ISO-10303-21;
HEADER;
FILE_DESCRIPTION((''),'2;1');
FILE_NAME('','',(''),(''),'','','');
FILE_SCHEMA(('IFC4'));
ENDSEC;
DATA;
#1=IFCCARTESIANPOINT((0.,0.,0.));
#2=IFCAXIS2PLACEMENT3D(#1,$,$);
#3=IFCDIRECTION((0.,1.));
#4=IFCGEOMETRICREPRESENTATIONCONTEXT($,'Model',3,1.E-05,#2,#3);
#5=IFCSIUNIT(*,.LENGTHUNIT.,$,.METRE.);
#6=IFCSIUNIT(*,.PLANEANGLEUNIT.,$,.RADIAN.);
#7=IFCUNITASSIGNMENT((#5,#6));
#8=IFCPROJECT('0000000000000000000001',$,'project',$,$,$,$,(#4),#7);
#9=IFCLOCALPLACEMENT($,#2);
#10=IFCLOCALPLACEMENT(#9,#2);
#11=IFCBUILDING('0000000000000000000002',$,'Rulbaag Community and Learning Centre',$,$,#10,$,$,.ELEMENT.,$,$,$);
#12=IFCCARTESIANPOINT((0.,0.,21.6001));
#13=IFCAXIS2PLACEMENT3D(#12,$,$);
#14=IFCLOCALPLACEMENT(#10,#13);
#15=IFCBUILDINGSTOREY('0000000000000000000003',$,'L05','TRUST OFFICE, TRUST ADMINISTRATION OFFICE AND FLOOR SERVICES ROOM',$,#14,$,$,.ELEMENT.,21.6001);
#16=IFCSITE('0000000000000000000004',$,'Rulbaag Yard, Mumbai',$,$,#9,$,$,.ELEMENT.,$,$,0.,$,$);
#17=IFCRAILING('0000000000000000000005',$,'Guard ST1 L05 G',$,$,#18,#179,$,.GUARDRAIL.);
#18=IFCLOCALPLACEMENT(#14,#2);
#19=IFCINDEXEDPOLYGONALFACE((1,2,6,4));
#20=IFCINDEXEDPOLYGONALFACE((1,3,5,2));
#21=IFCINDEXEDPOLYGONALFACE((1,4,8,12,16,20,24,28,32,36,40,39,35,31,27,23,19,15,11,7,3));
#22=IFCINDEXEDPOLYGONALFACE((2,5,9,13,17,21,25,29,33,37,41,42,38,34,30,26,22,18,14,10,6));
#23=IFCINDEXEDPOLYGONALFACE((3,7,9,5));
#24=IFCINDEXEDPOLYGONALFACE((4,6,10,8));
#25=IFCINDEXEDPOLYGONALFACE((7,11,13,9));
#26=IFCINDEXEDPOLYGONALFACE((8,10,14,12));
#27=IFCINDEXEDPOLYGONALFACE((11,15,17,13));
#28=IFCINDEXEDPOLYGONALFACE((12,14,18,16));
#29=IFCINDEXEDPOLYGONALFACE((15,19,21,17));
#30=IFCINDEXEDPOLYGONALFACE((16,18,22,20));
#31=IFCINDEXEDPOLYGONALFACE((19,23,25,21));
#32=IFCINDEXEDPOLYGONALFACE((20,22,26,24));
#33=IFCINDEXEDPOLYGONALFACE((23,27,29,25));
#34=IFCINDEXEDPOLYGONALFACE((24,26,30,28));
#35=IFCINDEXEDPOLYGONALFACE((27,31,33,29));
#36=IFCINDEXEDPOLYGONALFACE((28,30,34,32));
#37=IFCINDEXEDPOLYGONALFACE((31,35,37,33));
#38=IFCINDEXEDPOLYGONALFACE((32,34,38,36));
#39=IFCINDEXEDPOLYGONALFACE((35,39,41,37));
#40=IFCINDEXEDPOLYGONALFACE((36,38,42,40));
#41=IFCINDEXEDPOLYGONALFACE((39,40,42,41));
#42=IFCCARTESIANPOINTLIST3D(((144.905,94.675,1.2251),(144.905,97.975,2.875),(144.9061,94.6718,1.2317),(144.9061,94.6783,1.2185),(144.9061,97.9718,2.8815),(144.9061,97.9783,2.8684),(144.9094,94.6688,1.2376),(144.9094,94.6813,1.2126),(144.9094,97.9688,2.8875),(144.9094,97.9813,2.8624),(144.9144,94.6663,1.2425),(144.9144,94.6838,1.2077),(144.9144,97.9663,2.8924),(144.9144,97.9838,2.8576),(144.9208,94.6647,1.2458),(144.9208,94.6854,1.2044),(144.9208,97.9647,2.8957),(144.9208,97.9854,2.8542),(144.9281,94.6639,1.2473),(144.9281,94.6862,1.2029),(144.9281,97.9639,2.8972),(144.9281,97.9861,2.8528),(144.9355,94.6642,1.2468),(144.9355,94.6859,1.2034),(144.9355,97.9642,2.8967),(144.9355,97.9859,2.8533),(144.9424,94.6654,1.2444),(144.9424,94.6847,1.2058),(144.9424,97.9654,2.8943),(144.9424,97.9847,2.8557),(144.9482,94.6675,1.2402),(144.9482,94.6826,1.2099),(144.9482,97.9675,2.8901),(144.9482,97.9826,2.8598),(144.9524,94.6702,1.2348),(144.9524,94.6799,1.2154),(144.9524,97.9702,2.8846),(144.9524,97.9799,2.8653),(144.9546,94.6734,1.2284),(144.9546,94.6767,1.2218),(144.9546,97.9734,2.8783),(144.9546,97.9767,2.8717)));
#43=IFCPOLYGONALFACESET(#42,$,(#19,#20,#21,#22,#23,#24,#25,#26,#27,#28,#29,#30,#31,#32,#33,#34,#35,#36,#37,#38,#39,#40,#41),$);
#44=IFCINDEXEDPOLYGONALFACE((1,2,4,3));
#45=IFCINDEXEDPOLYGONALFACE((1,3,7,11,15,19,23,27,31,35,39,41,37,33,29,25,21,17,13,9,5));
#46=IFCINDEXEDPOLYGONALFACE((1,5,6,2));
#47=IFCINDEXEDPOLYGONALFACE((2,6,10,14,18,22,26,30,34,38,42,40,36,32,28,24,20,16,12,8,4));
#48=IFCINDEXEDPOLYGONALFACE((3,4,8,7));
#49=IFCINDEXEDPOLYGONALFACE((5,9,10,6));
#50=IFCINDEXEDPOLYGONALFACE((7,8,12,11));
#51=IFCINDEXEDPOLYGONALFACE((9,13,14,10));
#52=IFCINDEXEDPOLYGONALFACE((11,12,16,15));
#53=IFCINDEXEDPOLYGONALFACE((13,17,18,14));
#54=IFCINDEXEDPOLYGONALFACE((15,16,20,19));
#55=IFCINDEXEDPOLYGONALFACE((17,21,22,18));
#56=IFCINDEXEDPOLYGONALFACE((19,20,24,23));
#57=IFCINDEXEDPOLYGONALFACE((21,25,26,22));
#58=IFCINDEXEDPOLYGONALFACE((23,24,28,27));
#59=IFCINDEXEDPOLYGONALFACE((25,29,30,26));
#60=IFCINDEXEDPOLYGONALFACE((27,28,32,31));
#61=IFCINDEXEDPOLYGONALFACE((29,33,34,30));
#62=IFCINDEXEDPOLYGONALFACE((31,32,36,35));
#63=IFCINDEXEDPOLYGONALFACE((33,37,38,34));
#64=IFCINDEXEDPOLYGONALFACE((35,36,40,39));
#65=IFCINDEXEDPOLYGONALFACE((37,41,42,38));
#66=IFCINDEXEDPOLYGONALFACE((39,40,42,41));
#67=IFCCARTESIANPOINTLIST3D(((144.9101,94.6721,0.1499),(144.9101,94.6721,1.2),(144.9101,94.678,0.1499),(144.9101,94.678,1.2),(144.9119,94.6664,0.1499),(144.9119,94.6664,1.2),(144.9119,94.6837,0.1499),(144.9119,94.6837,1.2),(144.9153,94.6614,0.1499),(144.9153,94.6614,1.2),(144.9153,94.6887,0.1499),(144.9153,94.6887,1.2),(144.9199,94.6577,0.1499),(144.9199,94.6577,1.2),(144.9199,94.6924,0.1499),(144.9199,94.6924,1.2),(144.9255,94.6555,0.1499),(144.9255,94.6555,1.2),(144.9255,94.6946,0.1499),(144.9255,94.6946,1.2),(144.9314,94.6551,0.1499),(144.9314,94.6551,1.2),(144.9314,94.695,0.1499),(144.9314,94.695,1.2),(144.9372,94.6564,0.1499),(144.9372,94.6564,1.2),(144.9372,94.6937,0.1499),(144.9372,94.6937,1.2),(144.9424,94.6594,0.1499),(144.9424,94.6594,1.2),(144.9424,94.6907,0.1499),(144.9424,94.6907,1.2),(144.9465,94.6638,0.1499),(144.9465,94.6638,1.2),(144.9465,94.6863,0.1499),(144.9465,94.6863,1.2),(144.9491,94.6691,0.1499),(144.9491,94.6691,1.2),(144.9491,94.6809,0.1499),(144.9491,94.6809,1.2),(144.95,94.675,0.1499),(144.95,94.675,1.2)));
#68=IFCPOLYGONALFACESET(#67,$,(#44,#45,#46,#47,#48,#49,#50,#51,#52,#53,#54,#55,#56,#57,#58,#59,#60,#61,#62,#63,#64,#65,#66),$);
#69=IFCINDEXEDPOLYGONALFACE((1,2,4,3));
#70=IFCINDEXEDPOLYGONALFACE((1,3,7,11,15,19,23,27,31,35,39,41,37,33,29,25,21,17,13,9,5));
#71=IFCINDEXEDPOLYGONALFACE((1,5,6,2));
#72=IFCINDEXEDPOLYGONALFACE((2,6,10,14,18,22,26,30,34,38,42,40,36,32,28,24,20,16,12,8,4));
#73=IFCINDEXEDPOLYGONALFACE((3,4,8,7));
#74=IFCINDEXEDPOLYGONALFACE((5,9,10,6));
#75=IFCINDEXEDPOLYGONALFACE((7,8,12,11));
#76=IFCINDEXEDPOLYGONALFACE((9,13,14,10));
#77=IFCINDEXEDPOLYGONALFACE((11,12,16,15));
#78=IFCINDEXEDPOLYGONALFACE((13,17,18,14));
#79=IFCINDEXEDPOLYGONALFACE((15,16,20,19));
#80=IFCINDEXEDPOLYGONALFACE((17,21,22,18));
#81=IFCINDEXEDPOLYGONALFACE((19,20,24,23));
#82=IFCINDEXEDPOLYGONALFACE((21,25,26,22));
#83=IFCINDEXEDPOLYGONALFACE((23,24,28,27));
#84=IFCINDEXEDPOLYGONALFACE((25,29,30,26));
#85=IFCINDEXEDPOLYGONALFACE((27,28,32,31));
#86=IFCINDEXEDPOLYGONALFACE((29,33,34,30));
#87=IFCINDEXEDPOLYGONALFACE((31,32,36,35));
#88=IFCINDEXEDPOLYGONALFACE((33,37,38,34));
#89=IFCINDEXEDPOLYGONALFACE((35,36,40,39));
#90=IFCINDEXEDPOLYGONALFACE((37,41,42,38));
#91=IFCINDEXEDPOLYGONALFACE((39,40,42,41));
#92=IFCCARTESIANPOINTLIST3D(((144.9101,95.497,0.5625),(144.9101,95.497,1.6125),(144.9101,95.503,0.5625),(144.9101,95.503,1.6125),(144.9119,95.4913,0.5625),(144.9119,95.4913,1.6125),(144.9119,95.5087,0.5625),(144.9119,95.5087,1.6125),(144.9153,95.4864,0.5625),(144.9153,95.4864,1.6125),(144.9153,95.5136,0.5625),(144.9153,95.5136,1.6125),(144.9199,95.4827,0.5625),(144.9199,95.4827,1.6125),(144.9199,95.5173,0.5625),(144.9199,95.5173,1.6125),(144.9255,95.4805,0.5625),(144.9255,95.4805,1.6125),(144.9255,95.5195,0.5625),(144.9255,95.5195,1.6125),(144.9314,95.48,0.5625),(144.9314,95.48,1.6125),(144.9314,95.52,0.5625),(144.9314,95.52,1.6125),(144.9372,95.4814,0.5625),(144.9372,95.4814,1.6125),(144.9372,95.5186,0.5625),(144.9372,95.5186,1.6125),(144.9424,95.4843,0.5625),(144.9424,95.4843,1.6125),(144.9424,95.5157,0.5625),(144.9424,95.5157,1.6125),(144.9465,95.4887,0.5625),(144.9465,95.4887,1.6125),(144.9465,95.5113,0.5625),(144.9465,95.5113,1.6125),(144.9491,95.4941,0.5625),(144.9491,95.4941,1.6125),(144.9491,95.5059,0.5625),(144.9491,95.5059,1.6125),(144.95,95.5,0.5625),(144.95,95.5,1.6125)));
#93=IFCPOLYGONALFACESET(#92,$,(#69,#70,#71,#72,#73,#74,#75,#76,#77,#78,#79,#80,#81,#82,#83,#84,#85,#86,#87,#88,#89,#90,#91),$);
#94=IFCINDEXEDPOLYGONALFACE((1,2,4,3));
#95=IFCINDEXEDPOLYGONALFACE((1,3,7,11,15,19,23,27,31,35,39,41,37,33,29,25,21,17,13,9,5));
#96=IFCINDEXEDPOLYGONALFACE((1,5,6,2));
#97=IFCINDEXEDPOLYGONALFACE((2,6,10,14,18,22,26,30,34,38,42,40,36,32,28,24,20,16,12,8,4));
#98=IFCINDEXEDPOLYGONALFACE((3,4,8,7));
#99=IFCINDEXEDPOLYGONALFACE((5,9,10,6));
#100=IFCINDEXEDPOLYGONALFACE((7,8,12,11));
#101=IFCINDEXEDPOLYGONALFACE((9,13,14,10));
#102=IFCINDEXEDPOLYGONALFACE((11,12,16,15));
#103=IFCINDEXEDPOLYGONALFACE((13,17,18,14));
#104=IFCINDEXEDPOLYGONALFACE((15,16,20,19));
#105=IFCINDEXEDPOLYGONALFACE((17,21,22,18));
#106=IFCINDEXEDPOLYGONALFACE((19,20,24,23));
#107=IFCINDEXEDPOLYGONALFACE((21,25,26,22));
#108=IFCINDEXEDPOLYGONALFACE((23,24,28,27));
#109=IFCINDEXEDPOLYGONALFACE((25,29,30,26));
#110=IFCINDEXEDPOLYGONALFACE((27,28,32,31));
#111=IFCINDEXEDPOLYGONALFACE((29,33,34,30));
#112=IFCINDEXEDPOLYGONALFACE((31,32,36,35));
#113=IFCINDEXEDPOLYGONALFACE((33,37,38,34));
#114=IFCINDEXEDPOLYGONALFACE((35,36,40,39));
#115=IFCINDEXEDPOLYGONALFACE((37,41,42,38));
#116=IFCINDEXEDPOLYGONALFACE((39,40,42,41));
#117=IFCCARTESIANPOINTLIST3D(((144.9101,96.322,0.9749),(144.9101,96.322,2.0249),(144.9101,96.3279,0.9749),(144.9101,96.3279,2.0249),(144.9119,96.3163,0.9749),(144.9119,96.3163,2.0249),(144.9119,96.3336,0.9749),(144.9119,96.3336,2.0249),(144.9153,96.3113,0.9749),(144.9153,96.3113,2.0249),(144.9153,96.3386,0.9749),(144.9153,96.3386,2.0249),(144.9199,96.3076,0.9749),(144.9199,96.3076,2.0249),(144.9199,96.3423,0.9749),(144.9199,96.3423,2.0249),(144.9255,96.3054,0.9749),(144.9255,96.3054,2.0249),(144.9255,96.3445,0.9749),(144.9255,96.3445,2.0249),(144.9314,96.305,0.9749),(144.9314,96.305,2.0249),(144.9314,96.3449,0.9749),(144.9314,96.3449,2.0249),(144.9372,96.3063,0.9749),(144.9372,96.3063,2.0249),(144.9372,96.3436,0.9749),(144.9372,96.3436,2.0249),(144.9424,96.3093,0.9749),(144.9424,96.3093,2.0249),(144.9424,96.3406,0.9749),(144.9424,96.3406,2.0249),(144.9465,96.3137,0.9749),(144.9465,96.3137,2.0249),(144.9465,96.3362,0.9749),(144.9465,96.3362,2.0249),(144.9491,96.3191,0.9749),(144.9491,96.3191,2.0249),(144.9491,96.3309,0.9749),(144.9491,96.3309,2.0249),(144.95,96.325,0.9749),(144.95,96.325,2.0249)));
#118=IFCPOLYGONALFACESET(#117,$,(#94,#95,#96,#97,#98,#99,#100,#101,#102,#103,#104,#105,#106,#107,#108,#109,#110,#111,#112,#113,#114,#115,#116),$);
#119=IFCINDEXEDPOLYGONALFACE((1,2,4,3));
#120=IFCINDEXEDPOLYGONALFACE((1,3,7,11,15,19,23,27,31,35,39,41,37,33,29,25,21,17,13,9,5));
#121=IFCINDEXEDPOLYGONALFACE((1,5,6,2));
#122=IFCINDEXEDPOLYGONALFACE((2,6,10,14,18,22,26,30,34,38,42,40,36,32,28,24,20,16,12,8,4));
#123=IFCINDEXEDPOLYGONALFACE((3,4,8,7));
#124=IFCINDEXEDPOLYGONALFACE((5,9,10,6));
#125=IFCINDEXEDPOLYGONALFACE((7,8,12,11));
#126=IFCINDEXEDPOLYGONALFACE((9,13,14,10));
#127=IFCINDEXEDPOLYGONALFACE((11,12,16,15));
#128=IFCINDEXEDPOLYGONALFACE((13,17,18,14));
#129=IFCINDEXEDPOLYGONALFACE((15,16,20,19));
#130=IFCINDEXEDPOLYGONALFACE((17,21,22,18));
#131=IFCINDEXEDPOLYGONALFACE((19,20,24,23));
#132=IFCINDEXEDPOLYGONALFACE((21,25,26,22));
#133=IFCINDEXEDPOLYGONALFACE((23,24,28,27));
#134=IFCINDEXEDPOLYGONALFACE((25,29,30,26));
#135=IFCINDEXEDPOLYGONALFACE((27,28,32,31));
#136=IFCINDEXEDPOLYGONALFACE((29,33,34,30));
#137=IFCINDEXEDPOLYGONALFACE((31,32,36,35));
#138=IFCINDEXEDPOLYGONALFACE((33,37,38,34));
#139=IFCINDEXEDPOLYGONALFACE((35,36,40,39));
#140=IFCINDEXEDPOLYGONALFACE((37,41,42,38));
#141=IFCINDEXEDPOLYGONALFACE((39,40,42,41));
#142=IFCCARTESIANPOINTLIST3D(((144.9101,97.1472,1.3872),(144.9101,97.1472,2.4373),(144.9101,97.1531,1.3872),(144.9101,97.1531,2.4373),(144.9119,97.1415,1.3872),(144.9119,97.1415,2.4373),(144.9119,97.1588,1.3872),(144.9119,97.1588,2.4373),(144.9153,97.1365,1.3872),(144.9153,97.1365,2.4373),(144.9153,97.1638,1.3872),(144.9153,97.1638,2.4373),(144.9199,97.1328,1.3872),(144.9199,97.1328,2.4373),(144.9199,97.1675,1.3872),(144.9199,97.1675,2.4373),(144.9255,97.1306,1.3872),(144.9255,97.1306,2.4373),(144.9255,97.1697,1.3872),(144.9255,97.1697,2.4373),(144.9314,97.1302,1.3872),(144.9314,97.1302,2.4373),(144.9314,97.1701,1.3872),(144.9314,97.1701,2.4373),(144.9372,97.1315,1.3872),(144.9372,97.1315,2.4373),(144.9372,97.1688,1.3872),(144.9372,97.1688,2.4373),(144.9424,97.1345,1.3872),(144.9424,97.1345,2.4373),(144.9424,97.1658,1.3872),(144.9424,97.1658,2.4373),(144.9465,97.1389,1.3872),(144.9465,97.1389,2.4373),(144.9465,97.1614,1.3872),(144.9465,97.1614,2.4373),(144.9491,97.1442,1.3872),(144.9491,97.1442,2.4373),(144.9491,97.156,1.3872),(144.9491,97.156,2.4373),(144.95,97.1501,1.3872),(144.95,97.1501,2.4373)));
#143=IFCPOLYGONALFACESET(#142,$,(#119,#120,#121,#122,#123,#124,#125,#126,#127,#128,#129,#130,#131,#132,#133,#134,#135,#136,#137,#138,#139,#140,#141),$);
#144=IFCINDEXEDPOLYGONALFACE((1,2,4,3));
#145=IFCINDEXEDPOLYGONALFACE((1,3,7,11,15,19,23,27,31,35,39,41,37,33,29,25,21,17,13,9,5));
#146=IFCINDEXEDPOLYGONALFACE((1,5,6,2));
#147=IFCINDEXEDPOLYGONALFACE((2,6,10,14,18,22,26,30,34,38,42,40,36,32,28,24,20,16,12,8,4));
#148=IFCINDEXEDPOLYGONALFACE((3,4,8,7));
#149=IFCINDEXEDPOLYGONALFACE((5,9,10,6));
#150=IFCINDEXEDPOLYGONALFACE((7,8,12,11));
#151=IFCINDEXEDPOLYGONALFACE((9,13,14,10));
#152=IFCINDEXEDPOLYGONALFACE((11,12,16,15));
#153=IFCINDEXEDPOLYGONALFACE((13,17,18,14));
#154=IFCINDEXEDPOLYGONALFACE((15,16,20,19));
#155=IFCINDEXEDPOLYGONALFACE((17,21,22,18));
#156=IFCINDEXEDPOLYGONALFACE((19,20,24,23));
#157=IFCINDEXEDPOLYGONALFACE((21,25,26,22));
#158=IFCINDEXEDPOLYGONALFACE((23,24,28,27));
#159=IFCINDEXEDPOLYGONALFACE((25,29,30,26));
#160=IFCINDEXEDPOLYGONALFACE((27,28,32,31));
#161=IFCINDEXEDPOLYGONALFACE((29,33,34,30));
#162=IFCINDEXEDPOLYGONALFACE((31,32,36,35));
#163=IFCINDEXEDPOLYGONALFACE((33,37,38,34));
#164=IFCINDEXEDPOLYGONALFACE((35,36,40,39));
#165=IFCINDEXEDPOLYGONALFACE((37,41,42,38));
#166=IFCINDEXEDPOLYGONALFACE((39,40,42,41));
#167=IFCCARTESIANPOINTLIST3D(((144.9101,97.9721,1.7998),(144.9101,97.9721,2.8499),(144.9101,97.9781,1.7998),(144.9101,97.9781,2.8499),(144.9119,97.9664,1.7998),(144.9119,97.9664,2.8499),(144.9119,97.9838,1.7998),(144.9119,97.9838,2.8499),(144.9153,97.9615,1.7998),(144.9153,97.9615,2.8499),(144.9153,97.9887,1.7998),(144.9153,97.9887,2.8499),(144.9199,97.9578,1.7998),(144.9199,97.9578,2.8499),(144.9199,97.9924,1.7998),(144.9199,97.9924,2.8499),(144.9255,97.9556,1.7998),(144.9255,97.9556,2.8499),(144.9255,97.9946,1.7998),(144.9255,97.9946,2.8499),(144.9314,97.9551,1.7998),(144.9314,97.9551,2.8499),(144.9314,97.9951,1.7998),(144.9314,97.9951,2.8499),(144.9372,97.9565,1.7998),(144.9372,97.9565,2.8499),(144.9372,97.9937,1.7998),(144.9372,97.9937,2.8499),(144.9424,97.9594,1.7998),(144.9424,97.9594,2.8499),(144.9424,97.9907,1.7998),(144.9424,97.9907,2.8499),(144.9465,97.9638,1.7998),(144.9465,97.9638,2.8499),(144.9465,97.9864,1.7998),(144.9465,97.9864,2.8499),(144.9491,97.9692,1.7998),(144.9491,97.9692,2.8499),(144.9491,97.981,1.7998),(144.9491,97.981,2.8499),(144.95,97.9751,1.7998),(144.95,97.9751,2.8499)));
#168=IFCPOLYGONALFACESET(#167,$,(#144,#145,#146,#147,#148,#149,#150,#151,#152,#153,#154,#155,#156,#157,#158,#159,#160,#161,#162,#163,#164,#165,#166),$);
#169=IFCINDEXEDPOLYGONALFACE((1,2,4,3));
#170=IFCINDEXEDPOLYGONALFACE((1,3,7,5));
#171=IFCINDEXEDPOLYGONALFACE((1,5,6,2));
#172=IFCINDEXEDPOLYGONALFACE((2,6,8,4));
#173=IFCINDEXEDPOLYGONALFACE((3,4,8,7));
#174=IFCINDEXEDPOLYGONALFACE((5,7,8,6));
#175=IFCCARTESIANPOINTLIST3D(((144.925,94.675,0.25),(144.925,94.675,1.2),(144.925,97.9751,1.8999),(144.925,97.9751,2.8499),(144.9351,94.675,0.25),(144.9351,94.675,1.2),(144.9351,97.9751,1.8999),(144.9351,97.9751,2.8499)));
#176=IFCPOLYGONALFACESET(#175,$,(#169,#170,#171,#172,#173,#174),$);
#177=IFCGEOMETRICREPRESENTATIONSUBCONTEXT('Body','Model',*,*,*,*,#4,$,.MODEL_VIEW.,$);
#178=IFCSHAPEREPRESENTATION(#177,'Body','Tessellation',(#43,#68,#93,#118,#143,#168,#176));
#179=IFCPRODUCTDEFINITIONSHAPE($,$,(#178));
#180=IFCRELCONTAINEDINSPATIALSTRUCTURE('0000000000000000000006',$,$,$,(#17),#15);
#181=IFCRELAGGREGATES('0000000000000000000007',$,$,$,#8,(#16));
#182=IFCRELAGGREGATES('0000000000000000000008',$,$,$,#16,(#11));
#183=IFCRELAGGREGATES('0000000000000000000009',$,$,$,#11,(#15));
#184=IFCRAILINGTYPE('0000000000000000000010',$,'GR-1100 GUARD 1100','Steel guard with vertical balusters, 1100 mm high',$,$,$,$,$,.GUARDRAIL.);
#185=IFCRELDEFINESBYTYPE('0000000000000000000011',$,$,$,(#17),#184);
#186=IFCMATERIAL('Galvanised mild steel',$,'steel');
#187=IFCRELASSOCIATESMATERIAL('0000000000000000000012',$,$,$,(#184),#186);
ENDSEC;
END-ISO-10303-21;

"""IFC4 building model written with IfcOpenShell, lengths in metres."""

from ifc_helpers import new_model, si_unit, direction, frame, origin, origin_2d, place, context, subcontext, project, spatial, polyline, circle, outline, extrude, material, type_object, element, save


model = new_model("IFC4")

# Units and contexts
model_context = context("Model", 3, precision=1e-05, world=origin(), true_north=direction((0.0, 1.0)))
body_context = subcontext(model_context, "Body", "Model", "MODEL_VIEW")
ifc_project = project(units=[si_unit("LENGTHUNIT", "METRE"), si_unit("PLANEANGLEUNIT", "RADIAN")], contexts=[model_context])

# Site, building, storey
site_placement = place(None, origin())
site = spatial("IfcSite", under=ifc_project, at=site_placement, Name="Rulbaag Yard, Mumbai", CompositionType="ELEMENT", RefElevation=0.0)
building_placement = place(site_placement, origin())
building = spatial("IfcBuilding", under=site, at=building_placement, Name="Rulbaag Community and Learning Centre", CompositionType="ELEMENT")
storey_placement = place(building_placement, frame((0.0, 0.0, 21.6001)))
storey = spatial("IfcBuildingStorey", under=building, at=storey_placement, Name="L05", Description="TRUST OFFICE, TRUST ADMINISTRATION OFFICE AND FLOOR SERVICES ROOM", CompositionType="ELEMENT", Elevation=21.6001)

# Railing
ifc_material_1 = material(Name="Galvanised mild steel", Category="steel")
railing_type_1 = type_object("IfcRailingType", Name="GR-1100 GUARD 1100", Description="Steel guard with vertical balusters, 1100 mm high", PredefinedType="GUARDRAIL", material=ifc_material_1)
railing_1_placement = place(storey_placement, frame((144.9299, 94.675, 0.1499)))
element("IfcRailing", 1, at=railing_1_placement, inside=storey, type_object=railing_type_1, Name="Guard ST1 L05 G", PredefinedType="GUARDRAIL", context=body_context, shape_type="SweptSolid", body=[
    extrude(circle(Radius=0.0249, at=origin_2d()), frame((0.0, 0.0, 1.0752), z_axis=(0.0, 0.89444, 0.447187), x_axis=(-1.0, 0.0, 0.0)), (0.0, 0.0, 1.0), 3.6895),
    extrude(circle(Radius=0.02, at=origin_2d()), origin(), (0.0, 0.0, 1.0), 1.05),
    extrude(circle(Radius=0.02, at=origin_2d()), frame((0.0, 0.825, 0.4126)), (0.0, 0.0, 1.0), 1.05),
    extrude(circle(Radius=0.02, at=origin_2d()), frame((0.0, 1.6499, 0.825)), (0.0, 0.0, 1.0), 1.05),
    extrude(circle(Radius=0.02, at=origin_2d()), frame((0.0, 2.4751, 1.2373)), (0.0, 0.0, 1.0), 1.05),
    extrude(circle(Radius=0.02, at=origin_2d()), frame((0.0, 3.3, 1.6499)), (0.0, 0.0, 1.0), 1.05),
    extrude(outline(polyline([(0.0, 0.0), (3.3, 1.6499), (3.3, 2.5999), (0.0, 0.95), (0.0, 0.0)])), frame((-0.0049, 0.0, 0.1001), z_axis=(1.0, 0.0, 0.0), x_axis=(0.0, 1.0, 0.0)), (0.0, 0.0, 1.0), 0.01),
])

save(model, "model.ifc")
